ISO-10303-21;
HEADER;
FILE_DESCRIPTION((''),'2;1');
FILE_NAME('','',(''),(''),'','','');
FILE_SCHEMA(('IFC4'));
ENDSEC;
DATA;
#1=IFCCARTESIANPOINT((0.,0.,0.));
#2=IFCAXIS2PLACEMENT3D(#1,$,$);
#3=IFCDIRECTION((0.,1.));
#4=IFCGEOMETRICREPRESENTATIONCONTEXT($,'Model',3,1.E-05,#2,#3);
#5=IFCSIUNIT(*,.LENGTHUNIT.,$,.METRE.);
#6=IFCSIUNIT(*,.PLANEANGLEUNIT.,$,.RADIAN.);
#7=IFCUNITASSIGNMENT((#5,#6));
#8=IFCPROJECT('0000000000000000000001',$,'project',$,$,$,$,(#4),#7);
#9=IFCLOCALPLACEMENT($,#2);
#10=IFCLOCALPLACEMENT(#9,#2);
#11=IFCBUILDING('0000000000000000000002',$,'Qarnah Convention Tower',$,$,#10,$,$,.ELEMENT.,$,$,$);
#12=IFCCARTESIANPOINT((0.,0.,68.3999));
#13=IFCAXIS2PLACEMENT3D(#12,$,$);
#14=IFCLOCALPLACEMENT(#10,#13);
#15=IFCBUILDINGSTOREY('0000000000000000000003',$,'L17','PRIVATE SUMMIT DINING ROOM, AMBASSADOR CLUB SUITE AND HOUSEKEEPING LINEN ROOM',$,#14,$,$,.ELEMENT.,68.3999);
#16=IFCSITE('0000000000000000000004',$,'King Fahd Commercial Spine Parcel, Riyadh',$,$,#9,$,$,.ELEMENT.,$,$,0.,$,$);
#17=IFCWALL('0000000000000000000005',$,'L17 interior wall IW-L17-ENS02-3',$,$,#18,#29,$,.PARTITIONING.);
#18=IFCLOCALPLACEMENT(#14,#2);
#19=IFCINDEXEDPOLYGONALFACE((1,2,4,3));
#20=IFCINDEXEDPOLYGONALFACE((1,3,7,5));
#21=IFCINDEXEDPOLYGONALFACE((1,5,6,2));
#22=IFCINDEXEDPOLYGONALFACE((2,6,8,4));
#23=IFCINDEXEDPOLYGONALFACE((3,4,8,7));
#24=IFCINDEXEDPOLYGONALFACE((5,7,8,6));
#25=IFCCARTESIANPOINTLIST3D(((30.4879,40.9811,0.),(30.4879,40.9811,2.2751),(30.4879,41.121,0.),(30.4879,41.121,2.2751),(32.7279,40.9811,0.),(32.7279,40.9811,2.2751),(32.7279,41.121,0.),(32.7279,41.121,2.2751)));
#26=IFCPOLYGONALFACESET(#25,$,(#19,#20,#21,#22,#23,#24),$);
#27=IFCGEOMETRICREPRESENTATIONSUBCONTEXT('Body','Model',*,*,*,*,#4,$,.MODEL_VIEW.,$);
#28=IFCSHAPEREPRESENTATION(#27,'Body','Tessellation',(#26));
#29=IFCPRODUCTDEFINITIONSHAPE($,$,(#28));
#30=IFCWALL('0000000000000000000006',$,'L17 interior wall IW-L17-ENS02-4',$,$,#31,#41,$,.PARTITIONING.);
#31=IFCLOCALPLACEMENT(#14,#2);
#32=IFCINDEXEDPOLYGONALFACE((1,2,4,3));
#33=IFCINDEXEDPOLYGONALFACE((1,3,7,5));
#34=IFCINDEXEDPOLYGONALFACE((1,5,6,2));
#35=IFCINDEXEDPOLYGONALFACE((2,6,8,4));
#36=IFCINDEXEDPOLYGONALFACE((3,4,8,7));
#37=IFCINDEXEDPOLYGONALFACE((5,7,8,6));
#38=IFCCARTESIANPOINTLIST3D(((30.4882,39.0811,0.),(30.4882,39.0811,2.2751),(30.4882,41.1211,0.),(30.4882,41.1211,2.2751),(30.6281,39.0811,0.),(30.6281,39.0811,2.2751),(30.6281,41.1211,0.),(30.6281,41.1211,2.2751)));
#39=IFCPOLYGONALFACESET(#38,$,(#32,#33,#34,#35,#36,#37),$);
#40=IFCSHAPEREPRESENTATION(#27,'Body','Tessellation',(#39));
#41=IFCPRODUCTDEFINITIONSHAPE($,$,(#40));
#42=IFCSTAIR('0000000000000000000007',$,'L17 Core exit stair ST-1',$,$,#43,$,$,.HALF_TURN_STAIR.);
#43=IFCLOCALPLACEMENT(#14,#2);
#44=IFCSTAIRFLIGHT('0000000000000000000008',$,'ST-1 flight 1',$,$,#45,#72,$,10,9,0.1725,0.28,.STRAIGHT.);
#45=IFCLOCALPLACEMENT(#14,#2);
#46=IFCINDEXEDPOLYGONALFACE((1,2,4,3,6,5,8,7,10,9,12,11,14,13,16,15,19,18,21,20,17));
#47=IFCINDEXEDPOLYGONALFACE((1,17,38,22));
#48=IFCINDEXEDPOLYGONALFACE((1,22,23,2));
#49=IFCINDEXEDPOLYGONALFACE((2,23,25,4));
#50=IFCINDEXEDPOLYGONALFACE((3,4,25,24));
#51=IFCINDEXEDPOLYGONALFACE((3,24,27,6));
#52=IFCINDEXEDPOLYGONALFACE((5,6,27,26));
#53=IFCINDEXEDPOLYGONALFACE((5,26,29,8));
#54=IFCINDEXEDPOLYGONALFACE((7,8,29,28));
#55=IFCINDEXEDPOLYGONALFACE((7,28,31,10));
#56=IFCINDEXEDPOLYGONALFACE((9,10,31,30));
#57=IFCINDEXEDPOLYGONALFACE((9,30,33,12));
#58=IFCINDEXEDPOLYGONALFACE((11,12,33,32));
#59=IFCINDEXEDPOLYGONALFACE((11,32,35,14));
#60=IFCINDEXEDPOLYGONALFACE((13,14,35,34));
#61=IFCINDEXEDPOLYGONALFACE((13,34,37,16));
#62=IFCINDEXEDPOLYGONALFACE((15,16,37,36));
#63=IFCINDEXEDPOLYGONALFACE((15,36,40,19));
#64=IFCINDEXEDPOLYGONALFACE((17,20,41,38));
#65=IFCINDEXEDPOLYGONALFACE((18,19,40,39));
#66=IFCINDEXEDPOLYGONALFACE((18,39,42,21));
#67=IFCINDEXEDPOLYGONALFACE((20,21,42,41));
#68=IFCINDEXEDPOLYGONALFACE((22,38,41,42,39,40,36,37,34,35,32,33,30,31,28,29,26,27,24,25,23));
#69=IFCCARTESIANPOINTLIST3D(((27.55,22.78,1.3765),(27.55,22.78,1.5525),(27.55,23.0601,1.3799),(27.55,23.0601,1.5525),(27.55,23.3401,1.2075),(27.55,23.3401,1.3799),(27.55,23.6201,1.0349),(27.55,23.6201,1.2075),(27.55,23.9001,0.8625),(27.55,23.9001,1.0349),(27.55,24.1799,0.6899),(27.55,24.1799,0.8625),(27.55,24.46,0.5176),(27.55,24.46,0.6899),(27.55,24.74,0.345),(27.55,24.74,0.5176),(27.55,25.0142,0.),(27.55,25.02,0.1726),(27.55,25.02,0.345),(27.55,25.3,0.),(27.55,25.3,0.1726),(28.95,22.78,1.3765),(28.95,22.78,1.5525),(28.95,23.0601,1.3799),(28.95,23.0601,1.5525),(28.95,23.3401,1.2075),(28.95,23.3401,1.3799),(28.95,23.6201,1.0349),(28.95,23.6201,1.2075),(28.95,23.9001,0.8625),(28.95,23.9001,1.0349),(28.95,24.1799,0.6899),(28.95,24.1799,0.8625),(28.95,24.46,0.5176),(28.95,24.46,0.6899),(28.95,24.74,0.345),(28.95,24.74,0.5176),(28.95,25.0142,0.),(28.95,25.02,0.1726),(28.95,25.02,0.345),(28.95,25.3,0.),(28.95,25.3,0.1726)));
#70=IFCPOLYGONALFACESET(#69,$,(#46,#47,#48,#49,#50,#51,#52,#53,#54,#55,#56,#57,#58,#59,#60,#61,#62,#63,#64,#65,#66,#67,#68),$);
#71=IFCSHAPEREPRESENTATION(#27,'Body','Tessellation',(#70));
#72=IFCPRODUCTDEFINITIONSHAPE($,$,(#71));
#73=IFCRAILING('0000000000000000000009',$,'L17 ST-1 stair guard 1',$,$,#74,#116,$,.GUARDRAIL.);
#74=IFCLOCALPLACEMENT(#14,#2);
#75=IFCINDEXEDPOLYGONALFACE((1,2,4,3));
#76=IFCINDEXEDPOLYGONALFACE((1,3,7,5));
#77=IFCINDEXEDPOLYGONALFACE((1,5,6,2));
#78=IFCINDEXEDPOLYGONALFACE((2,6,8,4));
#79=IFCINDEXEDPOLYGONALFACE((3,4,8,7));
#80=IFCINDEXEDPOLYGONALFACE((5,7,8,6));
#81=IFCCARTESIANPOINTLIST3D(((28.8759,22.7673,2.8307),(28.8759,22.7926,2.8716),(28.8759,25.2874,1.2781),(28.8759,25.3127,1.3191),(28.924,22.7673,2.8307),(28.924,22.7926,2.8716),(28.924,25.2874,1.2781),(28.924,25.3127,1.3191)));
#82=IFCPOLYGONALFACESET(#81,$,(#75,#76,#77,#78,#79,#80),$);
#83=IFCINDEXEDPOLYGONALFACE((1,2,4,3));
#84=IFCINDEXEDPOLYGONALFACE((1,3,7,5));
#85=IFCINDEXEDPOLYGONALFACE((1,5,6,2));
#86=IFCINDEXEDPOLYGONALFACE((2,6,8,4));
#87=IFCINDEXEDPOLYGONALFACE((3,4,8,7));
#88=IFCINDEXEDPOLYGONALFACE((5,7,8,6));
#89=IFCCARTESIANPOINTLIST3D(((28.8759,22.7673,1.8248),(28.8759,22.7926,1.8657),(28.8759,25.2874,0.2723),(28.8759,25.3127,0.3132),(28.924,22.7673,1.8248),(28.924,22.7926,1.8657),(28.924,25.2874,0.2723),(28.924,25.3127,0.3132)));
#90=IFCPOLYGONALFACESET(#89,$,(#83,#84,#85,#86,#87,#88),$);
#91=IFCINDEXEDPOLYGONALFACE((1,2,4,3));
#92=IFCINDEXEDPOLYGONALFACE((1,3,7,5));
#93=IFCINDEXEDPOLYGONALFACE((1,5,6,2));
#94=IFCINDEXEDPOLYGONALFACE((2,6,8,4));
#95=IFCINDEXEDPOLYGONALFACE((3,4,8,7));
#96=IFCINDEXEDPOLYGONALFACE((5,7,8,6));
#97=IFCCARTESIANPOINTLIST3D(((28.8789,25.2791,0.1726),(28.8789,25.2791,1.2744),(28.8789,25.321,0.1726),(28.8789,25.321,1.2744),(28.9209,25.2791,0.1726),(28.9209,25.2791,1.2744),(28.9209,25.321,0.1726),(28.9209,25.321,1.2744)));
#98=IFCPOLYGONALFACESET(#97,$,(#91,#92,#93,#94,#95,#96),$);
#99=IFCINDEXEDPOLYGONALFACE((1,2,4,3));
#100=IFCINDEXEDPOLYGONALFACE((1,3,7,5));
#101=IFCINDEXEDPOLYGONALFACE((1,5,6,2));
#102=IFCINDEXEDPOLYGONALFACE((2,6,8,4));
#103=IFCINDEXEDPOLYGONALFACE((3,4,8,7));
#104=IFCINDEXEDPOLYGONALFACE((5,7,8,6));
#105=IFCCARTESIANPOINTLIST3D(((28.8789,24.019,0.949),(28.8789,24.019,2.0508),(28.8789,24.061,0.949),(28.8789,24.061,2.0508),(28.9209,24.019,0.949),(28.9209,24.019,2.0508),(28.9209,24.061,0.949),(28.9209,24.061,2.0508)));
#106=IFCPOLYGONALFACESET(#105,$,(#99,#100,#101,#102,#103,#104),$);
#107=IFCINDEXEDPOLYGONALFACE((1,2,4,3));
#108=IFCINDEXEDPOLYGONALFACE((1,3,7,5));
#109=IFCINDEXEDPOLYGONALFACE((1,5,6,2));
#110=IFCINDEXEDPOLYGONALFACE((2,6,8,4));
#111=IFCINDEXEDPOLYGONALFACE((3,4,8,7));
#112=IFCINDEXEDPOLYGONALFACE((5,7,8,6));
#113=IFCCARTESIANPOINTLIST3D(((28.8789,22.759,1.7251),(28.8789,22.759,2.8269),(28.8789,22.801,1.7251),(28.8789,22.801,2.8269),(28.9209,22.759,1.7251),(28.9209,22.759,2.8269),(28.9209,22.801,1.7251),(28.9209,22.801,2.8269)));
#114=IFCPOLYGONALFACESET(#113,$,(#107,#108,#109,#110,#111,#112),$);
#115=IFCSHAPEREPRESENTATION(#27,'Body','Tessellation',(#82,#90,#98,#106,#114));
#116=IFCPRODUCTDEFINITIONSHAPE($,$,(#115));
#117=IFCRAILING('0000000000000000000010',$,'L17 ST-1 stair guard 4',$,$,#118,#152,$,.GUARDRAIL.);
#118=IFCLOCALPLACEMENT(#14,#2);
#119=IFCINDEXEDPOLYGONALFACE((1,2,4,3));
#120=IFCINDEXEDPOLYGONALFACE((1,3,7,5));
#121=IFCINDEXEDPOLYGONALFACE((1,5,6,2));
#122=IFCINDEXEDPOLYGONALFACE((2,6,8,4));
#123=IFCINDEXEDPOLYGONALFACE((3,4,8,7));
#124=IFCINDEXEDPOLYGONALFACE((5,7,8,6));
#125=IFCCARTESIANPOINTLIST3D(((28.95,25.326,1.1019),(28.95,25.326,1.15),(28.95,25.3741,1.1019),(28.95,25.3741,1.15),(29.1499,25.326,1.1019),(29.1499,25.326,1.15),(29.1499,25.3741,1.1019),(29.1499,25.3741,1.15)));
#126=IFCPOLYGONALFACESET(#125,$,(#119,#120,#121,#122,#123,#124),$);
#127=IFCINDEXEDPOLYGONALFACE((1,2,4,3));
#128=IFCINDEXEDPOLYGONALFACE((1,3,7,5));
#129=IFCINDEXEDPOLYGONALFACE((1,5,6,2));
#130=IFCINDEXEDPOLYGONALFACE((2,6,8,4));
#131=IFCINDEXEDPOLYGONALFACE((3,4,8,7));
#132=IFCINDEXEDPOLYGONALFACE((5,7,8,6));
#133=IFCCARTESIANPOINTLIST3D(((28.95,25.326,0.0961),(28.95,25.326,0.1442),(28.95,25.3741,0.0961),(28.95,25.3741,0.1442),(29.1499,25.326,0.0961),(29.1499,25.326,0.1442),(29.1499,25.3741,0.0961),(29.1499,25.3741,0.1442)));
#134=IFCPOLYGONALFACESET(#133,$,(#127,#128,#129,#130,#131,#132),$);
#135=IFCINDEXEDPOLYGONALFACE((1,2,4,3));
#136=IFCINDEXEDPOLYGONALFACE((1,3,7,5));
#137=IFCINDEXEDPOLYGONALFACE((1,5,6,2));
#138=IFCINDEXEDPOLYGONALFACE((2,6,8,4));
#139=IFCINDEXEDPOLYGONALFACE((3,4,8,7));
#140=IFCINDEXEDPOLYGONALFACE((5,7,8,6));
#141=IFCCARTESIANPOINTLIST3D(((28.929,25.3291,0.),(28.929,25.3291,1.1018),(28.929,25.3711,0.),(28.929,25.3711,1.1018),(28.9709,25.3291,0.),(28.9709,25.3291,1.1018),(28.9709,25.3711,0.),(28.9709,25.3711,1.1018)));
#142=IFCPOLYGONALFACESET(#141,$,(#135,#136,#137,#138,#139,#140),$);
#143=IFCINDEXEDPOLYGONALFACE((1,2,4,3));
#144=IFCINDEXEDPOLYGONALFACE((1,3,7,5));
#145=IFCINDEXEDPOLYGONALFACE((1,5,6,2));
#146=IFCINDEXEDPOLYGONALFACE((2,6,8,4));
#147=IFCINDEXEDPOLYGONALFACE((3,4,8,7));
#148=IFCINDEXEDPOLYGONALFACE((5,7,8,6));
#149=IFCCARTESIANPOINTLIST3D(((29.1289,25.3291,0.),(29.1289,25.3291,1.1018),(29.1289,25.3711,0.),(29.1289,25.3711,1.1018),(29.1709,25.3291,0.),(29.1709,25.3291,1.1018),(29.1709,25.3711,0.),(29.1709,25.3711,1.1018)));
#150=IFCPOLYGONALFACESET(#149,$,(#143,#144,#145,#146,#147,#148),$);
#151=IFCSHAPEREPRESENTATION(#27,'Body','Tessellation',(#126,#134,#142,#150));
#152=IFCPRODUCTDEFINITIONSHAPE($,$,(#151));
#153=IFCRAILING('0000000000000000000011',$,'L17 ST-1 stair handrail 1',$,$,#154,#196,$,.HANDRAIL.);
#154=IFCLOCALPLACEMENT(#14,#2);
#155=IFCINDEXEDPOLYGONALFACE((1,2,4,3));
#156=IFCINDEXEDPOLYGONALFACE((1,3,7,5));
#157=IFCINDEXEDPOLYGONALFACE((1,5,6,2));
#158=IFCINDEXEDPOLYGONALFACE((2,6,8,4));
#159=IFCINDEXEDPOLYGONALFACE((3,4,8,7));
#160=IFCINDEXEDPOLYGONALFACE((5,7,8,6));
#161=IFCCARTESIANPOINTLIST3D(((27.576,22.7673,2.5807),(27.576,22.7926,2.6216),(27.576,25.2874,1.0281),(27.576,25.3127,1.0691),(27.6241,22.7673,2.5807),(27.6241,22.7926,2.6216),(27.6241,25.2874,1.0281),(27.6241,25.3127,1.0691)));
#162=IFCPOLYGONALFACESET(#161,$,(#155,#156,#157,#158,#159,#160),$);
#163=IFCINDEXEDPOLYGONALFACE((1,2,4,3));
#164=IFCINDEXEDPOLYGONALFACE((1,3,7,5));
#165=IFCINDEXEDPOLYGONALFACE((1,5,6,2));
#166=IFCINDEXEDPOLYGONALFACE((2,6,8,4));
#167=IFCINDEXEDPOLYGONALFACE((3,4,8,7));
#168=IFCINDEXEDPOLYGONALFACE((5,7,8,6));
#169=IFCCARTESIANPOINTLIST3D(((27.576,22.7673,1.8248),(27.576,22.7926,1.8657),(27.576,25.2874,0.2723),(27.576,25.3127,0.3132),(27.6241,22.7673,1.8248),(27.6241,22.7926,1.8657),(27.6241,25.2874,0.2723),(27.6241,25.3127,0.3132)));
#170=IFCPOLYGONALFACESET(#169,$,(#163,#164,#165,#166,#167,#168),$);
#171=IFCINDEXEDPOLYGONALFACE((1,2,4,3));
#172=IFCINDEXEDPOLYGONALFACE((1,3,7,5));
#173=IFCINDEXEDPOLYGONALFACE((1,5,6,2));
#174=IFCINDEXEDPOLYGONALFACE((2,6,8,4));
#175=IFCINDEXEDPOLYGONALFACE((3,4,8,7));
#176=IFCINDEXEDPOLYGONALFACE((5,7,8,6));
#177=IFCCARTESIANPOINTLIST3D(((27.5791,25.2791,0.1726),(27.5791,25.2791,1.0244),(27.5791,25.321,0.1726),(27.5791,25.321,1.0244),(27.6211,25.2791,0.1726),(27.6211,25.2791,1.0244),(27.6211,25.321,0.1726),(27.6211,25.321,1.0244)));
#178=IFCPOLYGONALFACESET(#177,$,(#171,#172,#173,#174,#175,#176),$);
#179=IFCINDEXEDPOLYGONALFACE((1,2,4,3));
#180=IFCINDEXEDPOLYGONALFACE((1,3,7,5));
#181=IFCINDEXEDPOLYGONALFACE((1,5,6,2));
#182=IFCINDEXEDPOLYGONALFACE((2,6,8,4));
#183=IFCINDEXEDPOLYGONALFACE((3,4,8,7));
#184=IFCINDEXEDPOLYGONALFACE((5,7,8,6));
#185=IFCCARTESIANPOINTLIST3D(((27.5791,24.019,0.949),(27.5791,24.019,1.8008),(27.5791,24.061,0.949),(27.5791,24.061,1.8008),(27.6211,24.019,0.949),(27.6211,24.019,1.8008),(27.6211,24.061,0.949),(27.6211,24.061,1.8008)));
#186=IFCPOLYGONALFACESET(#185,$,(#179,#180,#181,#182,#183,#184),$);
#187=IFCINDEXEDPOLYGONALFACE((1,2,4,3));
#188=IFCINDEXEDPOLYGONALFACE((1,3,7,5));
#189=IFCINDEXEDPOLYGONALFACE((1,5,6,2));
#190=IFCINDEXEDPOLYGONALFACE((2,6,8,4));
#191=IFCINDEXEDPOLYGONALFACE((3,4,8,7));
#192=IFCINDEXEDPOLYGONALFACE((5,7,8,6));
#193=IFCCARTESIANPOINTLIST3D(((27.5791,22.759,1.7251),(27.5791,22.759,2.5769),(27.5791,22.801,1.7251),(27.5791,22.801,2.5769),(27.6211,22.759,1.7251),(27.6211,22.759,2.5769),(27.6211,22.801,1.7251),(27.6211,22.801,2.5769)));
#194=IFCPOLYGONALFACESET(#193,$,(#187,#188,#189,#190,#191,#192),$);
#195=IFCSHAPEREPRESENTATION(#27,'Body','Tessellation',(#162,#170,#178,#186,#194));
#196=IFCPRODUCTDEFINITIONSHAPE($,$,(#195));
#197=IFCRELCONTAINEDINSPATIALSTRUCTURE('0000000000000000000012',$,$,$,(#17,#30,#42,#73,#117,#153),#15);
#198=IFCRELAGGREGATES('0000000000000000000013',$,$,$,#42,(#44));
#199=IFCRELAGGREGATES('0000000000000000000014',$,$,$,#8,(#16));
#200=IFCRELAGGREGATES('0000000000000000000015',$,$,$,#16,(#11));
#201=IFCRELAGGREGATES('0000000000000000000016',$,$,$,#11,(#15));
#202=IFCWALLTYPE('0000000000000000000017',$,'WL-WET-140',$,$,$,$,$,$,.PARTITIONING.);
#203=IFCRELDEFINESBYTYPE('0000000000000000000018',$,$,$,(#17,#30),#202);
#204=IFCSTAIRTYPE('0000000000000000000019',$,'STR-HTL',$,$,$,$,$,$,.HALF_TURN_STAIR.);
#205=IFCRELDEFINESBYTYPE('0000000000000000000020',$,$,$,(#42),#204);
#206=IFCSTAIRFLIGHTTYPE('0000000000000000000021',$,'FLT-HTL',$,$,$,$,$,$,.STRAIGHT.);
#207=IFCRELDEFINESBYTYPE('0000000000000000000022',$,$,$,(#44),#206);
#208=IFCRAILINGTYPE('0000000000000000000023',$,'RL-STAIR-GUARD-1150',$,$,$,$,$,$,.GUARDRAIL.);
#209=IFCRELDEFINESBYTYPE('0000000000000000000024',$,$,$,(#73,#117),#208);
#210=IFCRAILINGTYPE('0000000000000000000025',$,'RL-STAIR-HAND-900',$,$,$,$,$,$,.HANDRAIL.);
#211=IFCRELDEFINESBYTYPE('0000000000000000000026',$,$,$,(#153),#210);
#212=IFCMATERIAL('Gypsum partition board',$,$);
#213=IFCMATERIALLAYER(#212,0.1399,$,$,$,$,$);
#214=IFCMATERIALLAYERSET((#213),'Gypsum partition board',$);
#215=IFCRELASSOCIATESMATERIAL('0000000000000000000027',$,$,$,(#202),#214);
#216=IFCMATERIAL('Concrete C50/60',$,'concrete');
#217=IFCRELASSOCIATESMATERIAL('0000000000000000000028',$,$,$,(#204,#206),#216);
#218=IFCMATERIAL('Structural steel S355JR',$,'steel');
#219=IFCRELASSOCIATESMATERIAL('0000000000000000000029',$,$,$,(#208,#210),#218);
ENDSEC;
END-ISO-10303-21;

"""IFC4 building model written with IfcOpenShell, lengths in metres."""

from ifc_helpers import new_model, si_unit, direction, frame, frame_2d, origin, origin_2d, place, context, subcontext, project, spatial, polyline, rectangle, outline, extrude, material, layer, layer_set, type_object, element, aggregate, save


model = new_model("IFC4")

# Units and contexts
model_context = context("Model", 3, precision=1e-05, world=origin(), true_north=direction((0.0, 1.0)))
body_context = subcontext(model_context, "Body", "Model", "MODEL_VIEW")
ifc_project = project(units=[si_unit("LENGTHUNIT", "METRE"), si_unit("PLANEANGLEUNIT", "RADIAN")], contexts=[model_context])

# Site, building, storey
site_placement = place(None, origin())
site = spatial("IfcSite", under=ifc_project, at=site_placement, Name="King Fahd Commercial Spine Parcel, Riyadh", CompositionType="ELEMENT", RefElevation=0.0)
building_placement = place(site_placement, origin())
building = spatial("IfcBuilding", under=site, at=building_placement, Name="Qarnah Convention Tower", CompositionType="ELEMENT")
storey_placement = place(building_placement, frame((0.0, 0.0, 68.3999)))
storey = spatial("IfcBuildingStorey", under=building, at=storey_placement, Name="L17", Description="PRIVATE SUMMIT DINING ROOM, AMBASSADOR CLUB SUITE AND HOUSEKEEPING LINEN ROOM", CompositionType="ELEMENT", Elevation=68.3999)

# Shared definitions
ifc_material_1 = material(Name="Structural steel S355JR", Category="steel")

# Shared definitions
ifc_material_2 = material(Name="Gypsum partition board")

# Shared definitions
ifc_layer_1 = layer(ifc_material_2, 0.1399)
ifc_layer_set_1 = layer_set([ifc_layer_1], Name="Gypsum partition board")
wall_type_1 = type_object("IfcWallType", Name="WL-WET-140", PredefinedType="PARTITIONING", material=ifc_layer_set_1)

# Walls
wall_1_placement = place(storey_placement, frame((32.728, 41.051, 0.0), z_axis=(0.0, 0.0, 1.0), x_axis=(-1.0, 0.0, 0.0)))
element("IfcWall", 1, at=wall_1_placement, inside=storey, type_object=wall_type_1, Name="L17 interior wall IW-L17-ENS02-3", PredefinedType="PARTITIONING", context=body_context, shape_type="SweptSolid", body=[
    extrude(rectangle(XDim=2.24, YDim=0.1399, at=frame_2d((1.1201, 0.0))), origin(), (0.0, 0.0, 1.0), 2.2751),
])
wall_2_placement = place(storey_placement, frame((30.5581, 41.1211, 0.0), z_axis=(0.0, 0.0, 1.0), x_axis=(0.0, -1.0, 0.0)))
element("IfcWall", 2, at=wall_2_placement, inside=storey, type_object=wall_type_1, Name="L17 interior wall IW-L17-ENS02-4", PredefinedType="PARTITIONING", context=body_context, shape_type="SweptSolid", body=[
    extrude(rectangle(XDim=2.04, YDim=0.1399, at=frame_2d((1.02, 0.0))), origin(), (0.0, 0.0, 1.0), 2.2751),
])

# Stair, stair flight
ifc_material_3 = material(Name="Concrete C50/60", Category="concrete")
stair_type = type_object("IfcStairType", Name="STR-HTL", PredefinedType="HALF_TURN_STAIR", material=ifc_material_3)
stair_placement = place(storey_placement, origin())
stair = element("IfcStair", 3, at=stair_placement, inside=storey, type_object=stair_type, Name="L17 Core exit stair ST-1", PredefinedType="HALF_TURN_STAIR")
stair_flight_type = type_object("IfcStairFlightType", Name="FLT-HTL", PredefinedType="STRAIGHT", material=ifc_material_3)
stair_flight_placement = place(storey_placement, frame((28.25, 25.3, 0.0), z_axis=(0.0, 0.0, 1.0), x_axis=(0.0, -1.0, 0.0)))
stair_flight = element("IfcStairFlight", 4, at=stair_flight_placement, type_object=stair_flight_type, Name="ST-1 flight 1", NumberOfRisers=10, NumberOfTreads=9, PredefinedType="STRAIGHT", RiserHeight=0.1725, TreadLength=0.28, context=body_context, shape_type="SweptSolid", body=[
    extrude(outline(polyline([(0.0, 0.0), (0.0, 0.1726), (0.28, 0.1726), (0.28, 0.345), (0.5601, 0.345), (0.5601, 0.5176), (0.8401, 0.5176), (0.8401, 0.6899), (1.1201, 0.6899), (1.1201, 0.8625), (1.3999, 0.8625), (1.3999, 1.0349), (1.6799, 1.0349), (1.6799, 1.2075), (1.96, 1.2075), (1.96, 1.3799), (2.24, 1.3799), (2.24, 1.5525), (2.52, 1.5525), (2.52, 1.7251), (2.52, 1.3765), (0.2859, 0.0), (0.0, 0.0)])), frame((0.0, 0.7, 0.0), z_axis=(0.0, -1.0, 0.0), x_axis=(1.0, 0.0, 0.0)), (0.0, 0.0, 1.0), 1.3999),
])
aggregate(stair, [stair_flight])

# Railings
railing_type_1 = type_object("IfcRailingType", Name="RL-STAIR-GUARD-1150", PredefinedType="GUARDRAIL", material=ifc_material_1)
railing_1_placement = place(storey_placement, frame((28.8999, 25.3, 0.1726)))
element("IfcRailing", 5, at=railing_1_placement, inside=storey, type_object=railing_type_1, Name="L17 ST-1 stair guard 1", PredefinedType="GUARDRAIL", context=body_context, shape_type="SweptSolid", body=[
    extrude(rectangle(XDim=0.0481, YDim=0.0481, at=origin_2d()), frame((0.0, 0.0, 1.126), z_axis=(0.0, -0.8514, 0.524516), x_axis=(1.0, 0.0, 0.0)), (0.0, 0.0, 1.0), 2.96),
    extrude(rectangle(XDim=0.0481, YDim=0.0481, at=origin_2d()), frame((0.0, 0.0, 0.1201), z_axis=(0.0, -0.8514, 0.524516), x_axis=(1.0, 0.0, 0.0)), (0.0, 0.0, 1.0), 2.96),
    extrude(rectangle(XDim=0.042, YDim=0.042, at=origin_2d()), origin(), (0.0, 0.0, 1.0), 1.1018),
    extrude(rectangle(XDim=0.042, YDim=0.042, at=origin_2d()), frame((0.0, -1.26, 0.7764)), (0.0, 0.0, 1.0), 1.1018),
    extrude(rectangle(XDim=0.042, YDim=0.042, at=origin_2d()), frame((0.0, -2.52, 1.5525)), (0.0, 0.0, 1.0), 1.1018),
])
railing_2_placement = place(storey_placement, frame((28.95, 25.3501, 0.0)))
element("IfcRailing", 6, at=railing_2_placement, inside=storey, type_object=railing_type_1, Name="L17 ST-1 stair guard 4", PredefinedType="GUARDRAIL", context=body_context, shape_type="SweptSolid", body=[
    extrude(rectangle(XDim=0.0481, YDim=0.0481, at=origin_2d()), frame((0.0, 0.0, 1.126), z_axis=(1.0, 0.0, 0.0), x_axis=(0.0, 1.0, 0.0)), (0.0, 0.0, 1.0), 0.2),
    extrude(rectangle(XDim=0.0481, YDim=0.0481, at=origin_2d()), frame((0.0, 0.0, 0.1201), z_axis=(1.0, 0.0, 0.0), x_axis=(0.0, 1.0, 0.0)), (0.0, 0.0, 1.0), 0.2),
    extrude(rectangle(XDim=0.042, YDim=0.042, at=origin_2d()), origin(), (0.0, 0.0, 1.0), 1.1018),
    extrude(rectangle(XDim=0.042, YDim=0.042, at=origin_2d()), frame((0.2, 0.0, 0.0)), (0.0, 0.0, 1.0), 1.1018),
])
railing_type_2 = type_object("IfcRailingType", Name="RL-STAIR-HAND-900", PredefinedType="HANDRAIL", material=ifc_material_1)
railing_3_placement = place(storey_placement, frame((27.6001, 25.3, 0.1726)))
element("IfcRailing", 7, at=railing_3_placement, inside=storey, type_object=railing_type_2, Name="L17 ST-1 stair handrail 1", PredefinedType="HANDRAIL", context=body_context, shape_type="SweptSolid", body=[
    extrude(rectangle(XDim=0.0481, YDim=0.0481, at=origin_2d()), frame((0.0, 0.0, 0.876), z_axis=(0.0, -0.8514, 0.524516), x_axis=(1.0, 0.0, 0.0)), (0.0, 0.0, 1.0), 2.96),
    extrude(rectangle(XDim=0.0481, YDim=0.0481, at=origin_2d()), frame((0.0, 0.0, 0.1201), z_axis=(0.0, -0.8514, 0.524516), x_axis=(1.0, 0.0, 0.0)), (0.0, 0.0, 1.0), 2.96),
    extrude(rectangle(XDim=0.042, YDim=0.042, at=origin_2d()), origin(), (0.0, 0.0, 1.0), 0.8518),
    extrude(rectangle(XDim=0.042, YDim=0.042, at=origin_2d()), frame((0.0, -1.26, 0.7764)), (0.0, 0.0, 1.0), 0.8518),
    extrude(rectangle(XDim=0.042, YDim=0.042, at=origin_2d()), frame((0.0, -2.52, 1.5525)), (0.0, 0.0, 1.0), 0.8518),
])

save(model, "model.ifc")
